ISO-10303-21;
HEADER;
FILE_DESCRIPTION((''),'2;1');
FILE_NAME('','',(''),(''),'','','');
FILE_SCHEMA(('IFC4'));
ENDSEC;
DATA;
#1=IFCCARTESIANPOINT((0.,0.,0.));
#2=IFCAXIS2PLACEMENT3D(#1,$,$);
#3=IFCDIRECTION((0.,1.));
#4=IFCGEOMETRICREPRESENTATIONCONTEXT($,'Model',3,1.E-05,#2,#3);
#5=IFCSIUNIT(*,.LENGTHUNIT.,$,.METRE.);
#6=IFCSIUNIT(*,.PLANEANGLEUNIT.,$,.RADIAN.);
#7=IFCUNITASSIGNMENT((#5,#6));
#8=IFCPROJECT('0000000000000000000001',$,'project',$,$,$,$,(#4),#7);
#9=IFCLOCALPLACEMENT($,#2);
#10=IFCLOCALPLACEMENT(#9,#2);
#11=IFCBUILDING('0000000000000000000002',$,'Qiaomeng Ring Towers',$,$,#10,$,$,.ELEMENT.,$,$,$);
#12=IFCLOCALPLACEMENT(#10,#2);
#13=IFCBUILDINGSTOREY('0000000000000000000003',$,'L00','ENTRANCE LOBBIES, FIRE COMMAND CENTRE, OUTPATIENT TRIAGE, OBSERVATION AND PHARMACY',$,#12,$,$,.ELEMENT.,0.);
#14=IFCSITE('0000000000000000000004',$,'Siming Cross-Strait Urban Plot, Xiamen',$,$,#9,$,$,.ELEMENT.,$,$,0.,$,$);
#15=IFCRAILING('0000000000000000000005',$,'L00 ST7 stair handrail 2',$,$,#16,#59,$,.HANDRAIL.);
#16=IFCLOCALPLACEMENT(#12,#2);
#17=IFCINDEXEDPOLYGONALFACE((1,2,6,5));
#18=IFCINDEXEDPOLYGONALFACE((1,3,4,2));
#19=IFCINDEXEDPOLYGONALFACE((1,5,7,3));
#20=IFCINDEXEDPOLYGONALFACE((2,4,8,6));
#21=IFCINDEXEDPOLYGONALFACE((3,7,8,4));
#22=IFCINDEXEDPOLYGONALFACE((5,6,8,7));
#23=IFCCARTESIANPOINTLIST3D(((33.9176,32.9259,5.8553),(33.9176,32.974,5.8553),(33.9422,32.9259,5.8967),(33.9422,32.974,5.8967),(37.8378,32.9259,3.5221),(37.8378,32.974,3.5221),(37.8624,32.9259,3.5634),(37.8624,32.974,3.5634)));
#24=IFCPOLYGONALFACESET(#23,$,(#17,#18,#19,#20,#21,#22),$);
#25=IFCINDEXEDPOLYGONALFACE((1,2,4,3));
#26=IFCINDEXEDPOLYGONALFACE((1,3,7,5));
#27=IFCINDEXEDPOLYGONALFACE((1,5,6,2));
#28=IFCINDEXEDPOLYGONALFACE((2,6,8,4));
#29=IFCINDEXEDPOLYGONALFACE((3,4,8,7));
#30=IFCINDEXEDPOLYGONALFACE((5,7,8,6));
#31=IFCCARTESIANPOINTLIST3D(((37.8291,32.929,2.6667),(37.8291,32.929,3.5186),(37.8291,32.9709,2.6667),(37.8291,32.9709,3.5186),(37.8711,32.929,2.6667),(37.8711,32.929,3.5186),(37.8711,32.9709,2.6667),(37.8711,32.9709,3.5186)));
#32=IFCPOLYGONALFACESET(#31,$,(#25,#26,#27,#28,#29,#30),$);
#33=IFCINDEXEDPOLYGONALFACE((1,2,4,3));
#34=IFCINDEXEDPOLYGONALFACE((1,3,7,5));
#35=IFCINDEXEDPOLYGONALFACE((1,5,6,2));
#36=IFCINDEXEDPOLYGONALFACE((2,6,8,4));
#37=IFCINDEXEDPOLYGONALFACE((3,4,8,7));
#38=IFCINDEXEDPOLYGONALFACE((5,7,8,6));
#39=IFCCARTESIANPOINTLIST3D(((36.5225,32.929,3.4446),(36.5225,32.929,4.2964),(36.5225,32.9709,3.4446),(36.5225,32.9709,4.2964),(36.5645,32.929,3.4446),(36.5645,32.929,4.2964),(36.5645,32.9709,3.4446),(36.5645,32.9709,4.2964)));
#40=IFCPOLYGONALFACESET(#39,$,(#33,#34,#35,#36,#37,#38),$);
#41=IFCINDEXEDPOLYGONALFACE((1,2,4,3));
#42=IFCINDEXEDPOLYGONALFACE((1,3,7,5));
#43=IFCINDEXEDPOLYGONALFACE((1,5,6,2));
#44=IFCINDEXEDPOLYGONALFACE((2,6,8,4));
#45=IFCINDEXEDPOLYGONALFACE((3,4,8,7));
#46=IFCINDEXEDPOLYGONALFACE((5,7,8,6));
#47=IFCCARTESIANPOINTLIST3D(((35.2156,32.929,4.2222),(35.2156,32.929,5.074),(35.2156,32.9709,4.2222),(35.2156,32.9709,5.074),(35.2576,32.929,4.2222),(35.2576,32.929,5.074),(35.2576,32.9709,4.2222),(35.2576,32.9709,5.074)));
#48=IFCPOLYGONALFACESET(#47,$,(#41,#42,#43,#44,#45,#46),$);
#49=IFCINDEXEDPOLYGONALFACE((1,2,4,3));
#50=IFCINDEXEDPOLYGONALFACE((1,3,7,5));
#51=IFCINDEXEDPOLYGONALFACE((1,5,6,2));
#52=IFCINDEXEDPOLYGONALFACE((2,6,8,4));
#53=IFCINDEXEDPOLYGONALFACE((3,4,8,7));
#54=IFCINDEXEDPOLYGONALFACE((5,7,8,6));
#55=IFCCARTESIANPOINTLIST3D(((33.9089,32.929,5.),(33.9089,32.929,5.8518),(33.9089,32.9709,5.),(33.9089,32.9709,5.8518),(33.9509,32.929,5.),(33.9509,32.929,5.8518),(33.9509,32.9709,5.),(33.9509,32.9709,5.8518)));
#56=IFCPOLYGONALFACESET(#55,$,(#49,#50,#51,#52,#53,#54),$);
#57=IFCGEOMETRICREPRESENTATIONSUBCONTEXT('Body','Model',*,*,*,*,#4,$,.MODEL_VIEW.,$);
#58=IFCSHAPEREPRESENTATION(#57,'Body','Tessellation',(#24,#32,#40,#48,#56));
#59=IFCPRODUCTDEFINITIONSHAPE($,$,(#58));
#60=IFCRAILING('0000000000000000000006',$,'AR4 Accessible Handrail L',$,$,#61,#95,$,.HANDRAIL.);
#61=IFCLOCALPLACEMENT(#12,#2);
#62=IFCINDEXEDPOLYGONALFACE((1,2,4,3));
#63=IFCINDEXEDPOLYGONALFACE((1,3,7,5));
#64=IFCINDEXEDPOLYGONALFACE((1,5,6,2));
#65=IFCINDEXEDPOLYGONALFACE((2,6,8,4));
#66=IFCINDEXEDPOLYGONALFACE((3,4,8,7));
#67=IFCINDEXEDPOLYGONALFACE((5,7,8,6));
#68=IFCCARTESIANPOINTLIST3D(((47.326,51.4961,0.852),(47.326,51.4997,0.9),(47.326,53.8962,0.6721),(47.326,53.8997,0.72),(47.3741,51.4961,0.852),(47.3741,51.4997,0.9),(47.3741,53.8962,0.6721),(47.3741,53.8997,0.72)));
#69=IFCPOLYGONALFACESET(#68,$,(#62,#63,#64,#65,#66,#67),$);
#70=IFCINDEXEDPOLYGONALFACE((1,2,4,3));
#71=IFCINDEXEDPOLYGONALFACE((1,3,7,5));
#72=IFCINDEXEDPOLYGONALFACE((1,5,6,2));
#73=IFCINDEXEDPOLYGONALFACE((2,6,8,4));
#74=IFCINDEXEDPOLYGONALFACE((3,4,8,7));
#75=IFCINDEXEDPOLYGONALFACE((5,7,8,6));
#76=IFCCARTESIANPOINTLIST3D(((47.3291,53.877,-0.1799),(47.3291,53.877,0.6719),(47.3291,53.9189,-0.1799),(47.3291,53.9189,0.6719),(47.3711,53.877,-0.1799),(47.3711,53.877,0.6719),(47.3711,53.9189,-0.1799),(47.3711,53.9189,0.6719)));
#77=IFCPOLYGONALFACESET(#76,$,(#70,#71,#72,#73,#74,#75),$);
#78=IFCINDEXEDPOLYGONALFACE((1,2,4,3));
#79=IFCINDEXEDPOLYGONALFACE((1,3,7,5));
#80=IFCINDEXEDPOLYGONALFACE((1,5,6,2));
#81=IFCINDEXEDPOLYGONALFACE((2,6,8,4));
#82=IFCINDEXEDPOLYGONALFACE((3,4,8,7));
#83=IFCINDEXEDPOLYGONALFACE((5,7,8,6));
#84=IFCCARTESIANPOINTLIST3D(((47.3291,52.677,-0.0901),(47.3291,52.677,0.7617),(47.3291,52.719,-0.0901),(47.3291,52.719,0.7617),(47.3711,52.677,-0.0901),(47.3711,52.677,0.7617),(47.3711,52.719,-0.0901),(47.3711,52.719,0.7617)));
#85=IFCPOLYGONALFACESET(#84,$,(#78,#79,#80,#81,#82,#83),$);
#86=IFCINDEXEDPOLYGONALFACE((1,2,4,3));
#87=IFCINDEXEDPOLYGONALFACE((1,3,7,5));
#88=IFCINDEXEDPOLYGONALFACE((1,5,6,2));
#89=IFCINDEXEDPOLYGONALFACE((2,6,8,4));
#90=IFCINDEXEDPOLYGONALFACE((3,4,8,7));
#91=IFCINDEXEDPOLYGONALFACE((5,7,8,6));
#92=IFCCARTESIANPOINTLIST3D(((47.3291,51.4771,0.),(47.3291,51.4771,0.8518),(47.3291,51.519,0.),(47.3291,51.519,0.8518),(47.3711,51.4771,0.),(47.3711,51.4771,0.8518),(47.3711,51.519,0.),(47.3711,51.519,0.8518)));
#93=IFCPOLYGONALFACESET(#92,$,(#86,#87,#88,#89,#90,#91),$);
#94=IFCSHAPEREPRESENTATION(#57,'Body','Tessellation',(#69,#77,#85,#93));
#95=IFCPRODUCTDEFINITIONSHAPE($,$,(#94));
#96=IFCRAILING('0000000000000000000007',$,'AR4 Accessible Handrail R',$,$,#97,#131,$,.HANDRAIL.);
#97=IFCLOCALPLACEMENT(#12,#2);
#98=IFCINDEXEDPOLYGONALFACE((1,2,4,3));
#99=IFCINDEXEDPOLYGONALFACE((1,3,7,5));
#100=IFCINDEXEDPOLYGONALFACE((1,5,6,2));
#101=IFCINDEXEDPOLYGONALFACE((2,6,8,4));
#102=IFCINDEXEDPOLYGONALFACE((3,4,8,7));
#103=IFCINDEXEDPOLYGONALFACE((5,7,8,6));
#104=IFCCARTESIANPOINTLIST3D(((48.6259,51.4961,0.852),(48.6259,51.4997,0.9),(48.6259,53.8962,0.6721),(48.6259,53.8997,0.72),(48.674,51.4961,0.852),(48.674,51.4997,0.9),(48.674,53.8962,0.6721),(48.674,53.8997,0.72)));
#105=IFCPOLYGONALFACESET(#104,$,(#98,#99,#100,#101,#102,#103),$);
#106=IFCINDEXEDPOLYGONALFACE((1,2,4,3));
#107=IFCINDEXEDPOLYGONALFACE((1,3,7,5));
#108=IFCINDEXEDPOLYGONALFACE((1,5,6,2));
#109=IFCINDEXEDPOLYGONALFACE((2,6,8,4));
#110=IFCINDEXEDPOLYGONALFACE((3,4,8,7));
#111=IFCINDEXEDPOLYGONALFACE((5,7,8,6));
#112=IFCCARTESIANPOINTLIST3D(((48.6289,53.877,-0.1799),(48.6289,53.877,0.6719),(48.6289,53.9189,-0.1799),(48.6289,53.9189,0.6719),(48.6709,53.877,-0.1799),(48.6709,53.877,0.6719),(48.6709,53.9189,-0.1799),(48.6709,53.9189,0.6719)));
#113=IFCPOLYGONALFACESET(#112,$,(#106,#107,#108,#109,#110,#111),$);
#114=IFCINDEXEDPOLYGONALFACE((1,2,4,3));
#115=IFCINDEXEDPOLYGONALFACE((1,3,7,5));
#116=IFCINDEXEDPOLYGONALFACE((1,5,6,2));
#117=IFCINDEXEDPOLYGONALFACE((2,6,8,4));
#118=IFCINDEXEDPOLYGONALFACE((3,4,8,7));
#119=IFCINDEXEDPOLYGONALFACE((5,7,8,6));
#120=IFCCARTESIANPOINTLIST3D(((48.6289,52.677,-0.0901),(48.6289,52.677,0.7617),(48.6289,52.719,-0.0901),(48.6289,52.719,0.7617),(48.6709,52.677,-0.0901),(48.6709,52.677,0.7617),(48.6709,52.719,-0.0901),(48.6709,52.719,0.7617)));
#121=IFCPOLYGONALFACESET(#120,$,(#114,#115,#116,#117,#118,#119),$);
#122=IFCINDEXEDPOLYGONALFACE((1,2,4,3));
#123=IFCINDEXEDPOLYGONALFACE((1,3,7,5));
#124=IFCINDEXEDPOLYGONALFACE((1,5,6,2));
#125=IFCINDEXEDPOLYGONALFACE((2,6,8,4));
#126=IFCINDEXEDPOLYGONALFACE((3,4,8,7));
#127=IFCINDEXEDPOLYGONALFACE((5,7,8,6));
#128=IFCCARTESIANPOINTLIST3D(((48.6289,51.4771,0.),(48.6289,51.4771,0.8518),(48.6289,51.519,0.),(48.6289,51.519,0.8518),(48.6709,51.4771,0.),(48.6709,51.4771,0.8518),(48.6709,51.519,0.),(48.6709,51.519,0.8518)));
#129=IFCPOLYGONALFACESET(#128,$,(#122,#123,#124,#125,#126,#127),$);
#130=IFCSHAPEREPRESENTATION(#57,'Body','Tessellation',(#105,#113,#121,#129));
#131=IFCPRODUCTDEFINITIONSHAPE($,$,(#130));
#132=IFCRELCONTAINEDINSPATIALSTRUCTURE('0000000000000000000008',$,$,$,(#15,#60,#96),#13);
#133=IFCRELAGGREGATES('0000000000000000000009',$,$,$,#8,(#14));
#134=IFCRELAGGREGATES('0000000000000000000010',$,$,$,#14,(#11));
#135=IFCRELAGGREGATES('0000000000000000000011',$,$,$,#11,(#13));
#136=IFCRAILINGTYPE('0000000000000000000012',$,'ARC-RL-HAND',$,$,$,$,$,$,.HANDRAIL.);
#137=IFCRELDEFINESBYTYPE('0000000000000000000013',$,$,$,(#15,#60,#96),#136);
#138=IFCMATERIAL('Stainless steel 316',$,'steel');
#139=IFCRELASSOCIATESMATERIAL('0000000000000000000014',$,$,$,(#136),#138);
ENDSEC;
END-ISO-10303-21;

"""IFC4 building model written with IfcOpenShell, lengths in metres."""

from ifc_helpers import new_model, si_unit, direction, frame, origin, origin_2d, place, context, subcontext, project, spatial, rectangle, extrude, material, type_object, element, save


model = new_model("IFC4")

# Units and contexts
model_context = context("Model", 3, precision=1e-05, world=origin(), true_north=direction((0.0, 1.0)))
body_context = subcontext(model_context, "Body", "Model", "MODEL_VIEW")
ifc_project = project(units=[si_unit("LENGTHUNIT", "METRE"), si_unit("PLANEANGLEUNIT", "RADIAN")], contexts=[model_context])

# Site, building, storey
site_placement = place(None, origin())
site = spatial("IfcSite", under=ifc_project, at=site_placement, Name="Siming Cross-Strait Urban Plot, Xiamen", CompositionType="ELEMENT", RefElevation=0.0)
building_placement = place(site_placement, origin())
building = spatial("IfcBuilding", under=site, at=building_placement, Name="Qiaomeng Ring Towers", CompositionType="ELEMENT")
storey_placement = place(building_placement, origin())
storey = spatial("IfcBuildingStorey", under=building, at=storey_placement, Name="L00", Description="ENTRANCE LOBBIES, FIRE COMMAND CENTRE, OUTPATIENT TRIAGE, OBSERVATION AND PHARMACY", CompositionType="ELEMENT", Elevation=0.0)

# Railings
ifc_material_1 = material(Name="Stainless steel 316", Category="steel")
railing_type = type_object("IfcRailingType", Name="ARC-RL-HAND", PredefinedType="HANDRAIL", material=ifc_material_1)
railing_placement = place(storey_placement, frame((37.8501, 32.95, 2.6667)))
element("IfcRailing", 1, at=railing_placement, inside=storey, type_object=railing_type, Name="L00 ST7 stair handrail 2", PredefinedType="HANDRAIL", context=body_context, shape_type="SweptSolid", body=[
    extrude(rectangle(XDim=0.0481, YDim=0.0481, at=origin_2d()), frame((0.0, 0.0, 0.876), z_axis=(-0.85931, 0.0, 0.511455), x_axis=(0.0, -1.0, 0.0)), (0.0, 0.0, 1.0), 4.562),
    extrude(rectangle(XDim=0.042, YDim=0.042, at=origin_2d()), origin(), (0.0, 0.0, 1.0), 0.8518),
    extrude(rectangle(XDim=0.042, YDim=0.042, at=origin_2d()), frame((-1.3066, 0.0, 0.7778)), (0.0, 0.0, 1.0), 0.8518),
    extrude(rectangle(XDim=0.042, YDim=0.042, at=origin_2d()), frame((-2.6135, 0.0, 1.5554)), (0.0, 0.0, 1.0), 0.8518),
    extrude(rectangle(XDim=0.042, YDim=0.042, at=origin_2d()), frame((-3.9202, 0.0, 2.3333)), (0.0, 0.0, 1.0), 0.8518),
])
for number, where, name in (
    (2, (47.3501, 53.8979, -0.1799), "AR4 Accessible Handrail L"),
    (3, (48.6499, 53.8979, -0.1799), "AR4 Accessible Handrail R"),
):
    element("IfcRailing", number, at=place(storey_placement, frame(where)), inside=storey, type_object=railing_type, Name=name, PredefinedType="HANDRAIL", context=body_context, shape_type="SweptSolid", body=[
        extrude(rectangle(XDim=0.0481, YDim=0.0481, at=origin_2d()), frame((0.0, 0.0, 0.876), z_axis=(0.0, -0.997201, 0.074765), x_axis=(1.0, 0.0, 0.0)), (0.0, 0.0, 1.0), 2.4067),
        extrude(rectangle(XDim=0.042, YDim=0.042, at=origin_2d()), origin(), (0.0, 0.0, 1.0), 0.8518),
        extrude(rectangle(XDim=0.042, YDim=0.042, at=origin_2d()), frame((0.0, -1.2, 0.0898)), (0.0, 0.0, 1.0), 0.8518),
        extrude(rectangle(XDim=0.042, YDim=0.042, at=origin_2d()), frame((0.0, -2.3999, 0.1799)), (0.0, 0.0, 1.0), 0.8518),
    ])

save(model, "model.ifc")
